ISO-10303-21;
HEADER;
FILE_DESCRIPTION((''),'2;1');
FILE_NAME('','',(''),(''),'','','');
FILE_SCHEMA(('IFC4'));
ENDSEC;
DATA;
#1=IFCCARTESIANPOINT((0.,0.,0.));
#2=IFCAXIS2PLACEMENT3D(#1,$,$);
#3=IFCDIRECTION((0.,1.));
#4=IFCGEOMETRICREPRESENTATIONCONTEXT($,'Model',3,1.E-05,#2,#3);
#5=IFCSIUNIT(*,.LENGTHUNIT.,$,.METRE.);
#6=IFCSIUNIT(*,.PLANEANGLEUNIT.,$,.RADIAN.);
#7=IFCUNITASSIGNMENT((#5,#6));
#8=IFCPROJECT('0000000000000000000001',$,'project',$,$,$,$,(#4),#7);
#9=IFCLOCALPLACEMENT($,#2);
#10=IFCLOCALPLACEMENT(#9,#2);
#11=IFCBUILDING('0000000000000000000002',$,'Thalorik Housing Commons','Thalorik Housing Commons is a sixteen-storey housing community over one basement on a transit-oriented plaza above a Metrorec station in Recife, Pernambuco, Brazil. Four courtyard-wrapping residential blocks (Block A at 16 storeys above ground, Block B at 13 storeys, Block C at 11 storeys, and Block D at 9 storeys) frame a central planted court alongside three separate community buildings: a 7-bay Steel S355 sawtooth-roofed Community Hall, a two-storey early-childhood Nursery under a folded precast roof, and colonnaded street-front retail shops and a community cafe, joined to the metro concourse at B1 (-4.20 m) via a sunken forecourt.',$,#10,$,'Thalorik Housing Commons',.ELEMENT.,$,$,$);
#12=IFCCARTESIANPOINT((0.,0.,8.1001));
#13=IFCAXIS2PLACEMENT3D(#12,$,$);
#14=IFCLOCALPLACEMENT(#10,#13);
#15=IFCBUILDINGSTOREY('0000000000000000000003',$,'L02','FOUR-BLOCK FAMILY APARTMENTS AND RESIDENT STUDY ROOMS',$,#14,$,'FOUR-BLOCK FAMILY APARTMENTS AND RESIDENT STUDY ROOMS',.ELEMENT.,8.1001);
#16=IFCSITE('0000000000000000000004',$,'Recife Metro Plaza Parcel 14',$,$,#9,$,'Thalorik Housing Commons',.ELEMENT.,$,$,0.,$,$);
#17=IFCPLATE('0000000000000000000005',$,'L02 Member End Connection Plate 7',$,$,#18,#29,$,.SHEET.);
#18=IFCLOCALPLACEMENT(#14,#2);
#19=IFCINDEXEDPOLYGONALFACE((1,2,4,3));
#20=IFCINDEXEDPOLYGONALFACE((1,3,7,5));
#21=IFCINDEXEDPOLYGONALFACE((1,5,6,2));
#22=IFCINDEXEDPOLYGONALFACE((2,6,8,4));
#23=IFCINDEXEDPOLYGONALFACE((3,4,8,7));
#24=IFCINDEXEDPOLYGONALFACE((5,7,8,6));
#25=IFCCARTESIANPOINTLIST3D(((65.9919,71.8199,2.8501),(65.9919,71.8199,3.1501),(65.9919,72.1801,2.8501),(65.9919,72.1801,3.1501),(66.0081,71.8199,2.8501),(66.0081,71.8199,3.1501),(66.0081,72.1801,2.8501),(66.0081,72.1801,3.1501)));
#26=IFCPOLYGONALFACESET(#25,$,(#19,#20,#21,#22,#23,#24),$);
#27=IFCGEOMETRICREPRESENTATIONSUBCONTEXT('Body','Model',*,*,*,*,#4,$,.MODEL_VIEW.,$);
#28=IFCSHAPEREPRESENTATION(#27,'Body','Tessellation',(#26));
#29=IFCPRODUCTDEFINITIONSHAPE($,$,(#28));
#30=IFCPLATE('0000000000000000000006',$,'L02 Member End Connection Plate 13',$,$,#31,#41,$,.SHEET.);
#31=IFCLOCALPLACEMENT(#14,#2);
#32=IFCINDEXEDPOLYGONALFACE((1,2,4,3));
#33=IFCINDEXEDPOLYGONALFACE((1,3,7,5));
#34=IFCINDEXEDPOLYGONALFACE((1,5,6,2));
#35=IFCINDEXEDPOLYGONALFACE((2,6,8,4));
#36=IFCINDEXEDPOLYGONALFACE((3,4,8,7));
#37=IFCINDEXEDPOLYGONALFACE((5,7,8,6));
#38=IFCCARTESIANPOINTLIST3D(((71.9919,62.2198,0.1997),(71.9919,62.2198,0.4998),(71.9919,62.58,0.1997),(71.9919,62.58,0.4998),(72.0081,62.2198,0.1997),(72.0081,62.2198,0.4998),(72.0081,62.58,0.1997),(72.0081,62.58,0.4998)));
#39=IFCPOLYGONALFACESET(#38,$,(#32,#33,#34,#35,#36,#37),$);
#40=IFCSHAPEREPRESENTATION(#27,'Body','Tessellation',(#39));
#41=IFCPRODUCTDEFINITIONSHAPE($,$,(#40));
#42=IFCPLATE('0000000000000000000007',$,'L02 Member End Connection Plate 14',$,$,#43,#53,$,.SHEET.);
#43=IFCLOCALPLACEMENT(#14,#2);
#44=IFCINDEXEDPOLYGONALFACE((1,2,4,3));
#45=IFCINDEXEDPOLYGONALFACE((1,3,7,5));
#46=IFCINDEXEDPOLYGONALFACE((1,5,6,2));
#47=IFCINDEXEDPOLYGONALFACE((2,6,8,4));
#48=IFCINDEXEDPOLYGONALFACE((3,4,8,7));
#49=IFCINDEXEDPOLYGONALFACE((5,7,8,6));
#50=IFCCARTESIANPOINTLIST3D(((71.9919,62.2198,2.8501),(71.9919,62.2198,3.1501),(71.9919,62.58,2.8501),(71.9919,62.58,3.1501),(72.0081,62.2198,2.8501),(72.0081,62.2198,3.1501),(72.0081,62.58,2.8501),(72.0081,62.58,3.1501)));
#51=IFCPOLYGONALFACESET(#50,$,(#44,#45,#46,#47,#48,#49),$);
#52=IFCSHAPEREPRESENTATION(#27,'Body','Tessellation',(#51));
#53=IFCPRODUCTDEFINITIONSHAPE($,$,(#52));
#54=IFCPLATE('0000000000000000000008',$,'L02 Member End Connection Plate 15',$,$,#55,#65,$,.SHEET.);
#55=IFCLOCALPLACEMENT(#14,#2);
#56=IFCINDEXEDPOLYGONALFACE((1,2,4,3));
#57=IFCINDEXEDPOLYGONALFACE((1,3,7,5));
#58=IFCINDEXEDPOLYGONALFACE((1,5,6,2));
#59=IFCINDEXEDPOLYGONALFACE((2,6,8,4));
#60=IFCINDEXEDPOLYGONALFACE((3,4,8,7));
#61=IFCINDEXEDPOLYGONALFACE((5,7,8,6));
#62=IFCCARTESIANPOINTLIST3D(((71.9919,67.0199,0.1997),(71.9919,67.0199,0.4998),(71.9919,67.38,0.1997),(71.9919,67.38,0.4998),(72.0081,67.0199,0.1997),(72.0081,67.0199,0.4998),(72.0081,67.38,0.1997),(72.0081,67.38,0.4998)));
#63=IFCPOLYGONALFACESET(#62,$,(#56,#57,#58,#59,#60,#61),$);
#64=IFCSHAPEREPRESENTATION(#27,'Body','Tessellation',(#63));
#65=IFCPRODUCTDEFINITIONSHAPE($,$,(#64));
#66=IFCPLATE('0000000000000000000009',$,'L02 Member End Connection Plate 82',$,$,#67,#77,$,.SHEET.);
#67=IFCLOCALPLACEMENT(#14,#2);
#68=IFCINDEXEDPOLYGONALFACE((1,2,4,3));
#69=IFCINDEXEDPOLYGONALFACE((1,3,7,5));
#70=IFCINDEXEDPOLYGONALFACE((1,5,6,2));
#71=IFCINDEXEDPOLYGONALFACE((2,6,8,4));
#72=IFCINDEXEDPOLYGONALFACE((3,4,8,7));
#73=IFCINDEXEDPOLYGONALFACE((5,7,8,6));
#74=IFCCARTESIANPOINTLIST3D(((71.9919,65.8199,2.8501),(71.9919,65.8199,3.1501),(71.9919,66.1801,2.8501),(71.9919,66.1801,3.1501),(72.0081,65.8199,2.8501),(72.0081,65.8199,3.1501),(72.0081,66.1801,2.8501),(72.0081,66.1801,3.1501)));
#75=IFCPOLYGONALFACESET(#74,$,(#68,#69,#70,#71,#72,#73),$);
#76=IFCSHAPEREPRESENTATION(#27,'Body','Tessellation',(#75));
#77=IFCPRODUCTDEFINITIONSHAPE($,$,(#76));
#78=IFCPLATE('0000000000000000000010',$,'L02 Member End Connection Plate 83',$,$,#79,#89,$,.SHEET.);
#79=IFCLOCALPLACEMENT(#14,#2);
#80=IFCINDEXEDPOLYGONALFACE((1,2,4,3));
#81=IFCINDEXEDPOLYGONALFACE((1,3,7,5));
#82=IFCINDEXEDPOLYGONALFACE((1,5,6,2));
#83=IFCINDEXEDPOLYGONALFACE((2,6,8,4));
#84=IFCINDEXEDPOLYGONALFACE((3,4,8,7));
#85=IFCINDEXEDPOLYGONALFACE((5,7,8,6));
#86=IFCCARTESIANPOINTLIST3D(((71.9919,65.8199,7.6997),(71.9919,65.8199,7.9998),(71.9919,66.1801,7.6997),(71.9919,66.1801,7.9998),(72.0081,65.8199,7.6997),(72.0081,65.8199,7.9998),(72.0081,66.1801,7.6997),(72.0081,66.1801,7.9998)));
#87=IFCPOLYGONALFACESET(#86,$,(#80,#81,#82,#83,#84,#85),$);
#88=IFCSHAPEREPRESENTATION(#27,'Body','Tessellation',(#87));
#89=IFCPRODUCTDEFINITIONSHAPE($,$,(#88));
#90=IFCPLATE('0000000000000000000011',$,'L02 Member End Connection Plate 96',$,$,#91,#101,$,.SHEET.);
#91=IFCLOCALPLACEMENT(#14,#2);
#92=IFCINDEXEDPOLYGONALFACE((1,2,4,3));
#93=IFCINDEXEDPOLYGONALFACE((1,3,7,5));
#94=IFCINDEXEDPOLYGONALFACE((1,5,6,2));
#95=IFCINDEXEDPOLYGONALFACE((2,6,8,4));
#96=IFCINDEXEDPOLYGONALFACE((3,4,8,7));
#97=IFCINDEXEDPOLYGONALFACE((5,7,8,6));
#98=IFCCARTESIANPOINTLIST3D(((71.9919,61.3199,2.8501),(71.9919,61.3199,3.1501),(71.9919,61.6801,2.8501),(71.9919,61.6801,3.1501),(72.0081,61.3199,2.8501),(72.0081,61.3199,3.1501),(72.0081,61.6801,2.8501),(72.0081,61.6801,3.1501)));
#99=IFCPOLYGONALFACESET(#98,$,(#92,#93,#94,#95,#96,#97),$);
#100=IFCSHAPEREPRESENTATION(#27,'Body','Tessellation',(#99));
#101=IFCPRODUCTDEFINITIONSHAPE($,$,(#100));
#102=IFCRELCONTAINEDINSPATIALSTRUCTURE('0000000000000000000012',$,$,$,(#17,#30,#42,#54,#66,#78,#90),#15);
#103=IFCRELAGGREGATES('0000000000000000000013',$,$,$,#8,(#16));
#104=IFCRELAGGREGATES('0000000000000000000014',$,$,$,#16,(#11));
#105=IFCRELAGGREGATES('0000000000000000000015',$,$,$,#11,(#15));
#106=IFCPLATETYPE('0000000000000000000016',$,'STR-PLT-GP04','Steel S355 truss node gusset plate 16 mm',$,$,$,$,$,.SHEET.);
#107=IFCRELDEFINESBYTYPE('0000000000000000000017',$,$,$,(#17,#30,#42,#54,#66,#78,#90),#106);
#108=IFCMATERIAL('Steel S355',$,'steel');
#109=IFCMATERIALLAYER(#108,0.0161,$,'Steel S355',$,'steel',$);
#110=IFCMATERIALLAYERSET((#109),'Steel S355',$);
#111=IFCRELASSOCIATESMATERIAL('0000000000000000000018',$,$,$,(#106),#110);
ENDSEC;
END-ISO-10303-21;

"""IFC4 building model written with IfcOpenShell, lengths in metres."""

from ifc_helpers import new_model, si_unit, direction, frame, origin, origin_2d, place, context, subcontext, project, spatial, rectangle, extrude, material, layer, layer_set, type_object, element, save


model = new_model("IFC4")

# Units and contexts
model_context = context("Model", 3, precision=1e-05, world=origin(), true_north=direction((0.0, 1.0)))
body_context = subcontext(model_context, "Body", "Model", "MODEL_VIEW")
ifc_project = project(units=[si_unit("LENGTHUNIT", "METRE"), si_unit("PLANEANGLEUNIT", "RADIAN")], contexts=[model_context])

# Site, building, storey
site_placement = place(None, origin())
site = spatial("IfcSite", under=ifc_project, at=site_placement, Name="Recife Metro Plaza Parcel 14", LongName="Thalorik Housing Commons", CompositionType="ELEMENT", RefElevation=0.0)
building_placement = place(site_placement, origin())
building = spatial("IfcBuilding", under=site, at=building_placement, Name="Thalorik Housing Commons", Description="Thalorik Housing Commons is a sixteen-storey housing community over one basement on a transit-oriented plaza above a Metrorec station in Recife, Pernambuco, Brazil. Four courtyard-wrapping residential blocks (Block A at 16 storeys above ground, Block B at 13 storeys, Block C at 11 storeys, and Block D at 9 storeys) frame a central planted court alongside three separate community buildings: a 7-bay Steel S355 sawtooth-roofed Community Hall, a two-storey early-childhood Nursery under a folded precast roof, and colonnaded street-front retail shops and a community cafe, joined to the metro concourse at B1 (-4.20 m) via a sunken forecourt.", LongName="Thalorik Housing Commons", CompositionType="ELEMENT")
storey_placement = place(building_placement, frame((0.0, 0.0, 8.1001)))
storey = spatial("IfcBuildingStorey", under=building, at=storey_placement, Name="L02", Description="FOUR-BLOCK FAMILY APARTMENTS AND RESIDENT STUDY ROOMS", LongName="FOUR-BLOCK FAMILY APARTMENTS AND RESIDENT STUDY ROOMS", CompositionType="ELEMENT", Elevation=8.1001)

# Shared definitions
ifc_material_1 = material(Name="Steel S355", Category="steel")

# Plates
ifc_layer_1 = layer(ifc_material_1, 0.0161, Name="Steel S355", Category="steel")
ifc_layer_set_1 = layer_set([ifc_layer_1], Name="Steel S355")
plate_type_1 = type_object("IfcPlateType", Name="STR-PLT-GP04", Description="Steel S355 truss node gusset plate 16 mm", PredefinedType="SHEET", material=ifc_layer_set_1)
for number, where, z_axis, x_axis, name in (
    (1, (66.0, 72.0, 2.8501), (0.0, 0.0, 1.0), (1.0, 0.0, 0.0), "L02 Member End Connection Plate 7"),
    (2, (72.0, 62.3999, 0.1997), (0.0, 0.0, 1.0), (1.0, 0.0, 0.0), "L02 Member End Connection Plate 13"),
    (3, (72.0, 62.3999, 2.8501), (0.0, 0.0, 1.0), (1.0, 0.0, 0.0), "L02 Member End Connection Plate 14"),
    (4, (72.0, 67.2, 0.1997), (0.0, 0.0, 1.0), (1.0, 0.0, 0.0), "L02 Member End Connection Plate 15"),
    (5, (72.0, 66.0, 2.8501), (0.0, 0.0, 1.0), (1.0, 0.0, 0.0), "L02 Member End Connection Plate 82"),
    (6, (72.0, 66.0, 7.6997), (0.0, 0.0, 1.0), (1.0, 0.0, 0.0), "L02 Member End Connection Plate 83"),
    (7, (72.0, 61.5, 2.8501), (0.0, 0.0, 1.0), (1.0, 0.0, 0.0), "L02 Member End Connection Plate 96"),
):
    element("IfcPlate", number, at=place(storey_placement, frame(where, z_axis=z_axis, x_axis=x_axis)), inside=storey, type_object=plate_type_1, Name=name, PredefinedType="SHEET", context=body_context, shape_type="SweptSolid", body=[
        extrude(rectangle(XDim=0.0161, YDim=0.3601, at=origin_2d()), origin(), (0.0, 0.0, 1.0), 0.3),
    ])

save(model, "model.ifc")
